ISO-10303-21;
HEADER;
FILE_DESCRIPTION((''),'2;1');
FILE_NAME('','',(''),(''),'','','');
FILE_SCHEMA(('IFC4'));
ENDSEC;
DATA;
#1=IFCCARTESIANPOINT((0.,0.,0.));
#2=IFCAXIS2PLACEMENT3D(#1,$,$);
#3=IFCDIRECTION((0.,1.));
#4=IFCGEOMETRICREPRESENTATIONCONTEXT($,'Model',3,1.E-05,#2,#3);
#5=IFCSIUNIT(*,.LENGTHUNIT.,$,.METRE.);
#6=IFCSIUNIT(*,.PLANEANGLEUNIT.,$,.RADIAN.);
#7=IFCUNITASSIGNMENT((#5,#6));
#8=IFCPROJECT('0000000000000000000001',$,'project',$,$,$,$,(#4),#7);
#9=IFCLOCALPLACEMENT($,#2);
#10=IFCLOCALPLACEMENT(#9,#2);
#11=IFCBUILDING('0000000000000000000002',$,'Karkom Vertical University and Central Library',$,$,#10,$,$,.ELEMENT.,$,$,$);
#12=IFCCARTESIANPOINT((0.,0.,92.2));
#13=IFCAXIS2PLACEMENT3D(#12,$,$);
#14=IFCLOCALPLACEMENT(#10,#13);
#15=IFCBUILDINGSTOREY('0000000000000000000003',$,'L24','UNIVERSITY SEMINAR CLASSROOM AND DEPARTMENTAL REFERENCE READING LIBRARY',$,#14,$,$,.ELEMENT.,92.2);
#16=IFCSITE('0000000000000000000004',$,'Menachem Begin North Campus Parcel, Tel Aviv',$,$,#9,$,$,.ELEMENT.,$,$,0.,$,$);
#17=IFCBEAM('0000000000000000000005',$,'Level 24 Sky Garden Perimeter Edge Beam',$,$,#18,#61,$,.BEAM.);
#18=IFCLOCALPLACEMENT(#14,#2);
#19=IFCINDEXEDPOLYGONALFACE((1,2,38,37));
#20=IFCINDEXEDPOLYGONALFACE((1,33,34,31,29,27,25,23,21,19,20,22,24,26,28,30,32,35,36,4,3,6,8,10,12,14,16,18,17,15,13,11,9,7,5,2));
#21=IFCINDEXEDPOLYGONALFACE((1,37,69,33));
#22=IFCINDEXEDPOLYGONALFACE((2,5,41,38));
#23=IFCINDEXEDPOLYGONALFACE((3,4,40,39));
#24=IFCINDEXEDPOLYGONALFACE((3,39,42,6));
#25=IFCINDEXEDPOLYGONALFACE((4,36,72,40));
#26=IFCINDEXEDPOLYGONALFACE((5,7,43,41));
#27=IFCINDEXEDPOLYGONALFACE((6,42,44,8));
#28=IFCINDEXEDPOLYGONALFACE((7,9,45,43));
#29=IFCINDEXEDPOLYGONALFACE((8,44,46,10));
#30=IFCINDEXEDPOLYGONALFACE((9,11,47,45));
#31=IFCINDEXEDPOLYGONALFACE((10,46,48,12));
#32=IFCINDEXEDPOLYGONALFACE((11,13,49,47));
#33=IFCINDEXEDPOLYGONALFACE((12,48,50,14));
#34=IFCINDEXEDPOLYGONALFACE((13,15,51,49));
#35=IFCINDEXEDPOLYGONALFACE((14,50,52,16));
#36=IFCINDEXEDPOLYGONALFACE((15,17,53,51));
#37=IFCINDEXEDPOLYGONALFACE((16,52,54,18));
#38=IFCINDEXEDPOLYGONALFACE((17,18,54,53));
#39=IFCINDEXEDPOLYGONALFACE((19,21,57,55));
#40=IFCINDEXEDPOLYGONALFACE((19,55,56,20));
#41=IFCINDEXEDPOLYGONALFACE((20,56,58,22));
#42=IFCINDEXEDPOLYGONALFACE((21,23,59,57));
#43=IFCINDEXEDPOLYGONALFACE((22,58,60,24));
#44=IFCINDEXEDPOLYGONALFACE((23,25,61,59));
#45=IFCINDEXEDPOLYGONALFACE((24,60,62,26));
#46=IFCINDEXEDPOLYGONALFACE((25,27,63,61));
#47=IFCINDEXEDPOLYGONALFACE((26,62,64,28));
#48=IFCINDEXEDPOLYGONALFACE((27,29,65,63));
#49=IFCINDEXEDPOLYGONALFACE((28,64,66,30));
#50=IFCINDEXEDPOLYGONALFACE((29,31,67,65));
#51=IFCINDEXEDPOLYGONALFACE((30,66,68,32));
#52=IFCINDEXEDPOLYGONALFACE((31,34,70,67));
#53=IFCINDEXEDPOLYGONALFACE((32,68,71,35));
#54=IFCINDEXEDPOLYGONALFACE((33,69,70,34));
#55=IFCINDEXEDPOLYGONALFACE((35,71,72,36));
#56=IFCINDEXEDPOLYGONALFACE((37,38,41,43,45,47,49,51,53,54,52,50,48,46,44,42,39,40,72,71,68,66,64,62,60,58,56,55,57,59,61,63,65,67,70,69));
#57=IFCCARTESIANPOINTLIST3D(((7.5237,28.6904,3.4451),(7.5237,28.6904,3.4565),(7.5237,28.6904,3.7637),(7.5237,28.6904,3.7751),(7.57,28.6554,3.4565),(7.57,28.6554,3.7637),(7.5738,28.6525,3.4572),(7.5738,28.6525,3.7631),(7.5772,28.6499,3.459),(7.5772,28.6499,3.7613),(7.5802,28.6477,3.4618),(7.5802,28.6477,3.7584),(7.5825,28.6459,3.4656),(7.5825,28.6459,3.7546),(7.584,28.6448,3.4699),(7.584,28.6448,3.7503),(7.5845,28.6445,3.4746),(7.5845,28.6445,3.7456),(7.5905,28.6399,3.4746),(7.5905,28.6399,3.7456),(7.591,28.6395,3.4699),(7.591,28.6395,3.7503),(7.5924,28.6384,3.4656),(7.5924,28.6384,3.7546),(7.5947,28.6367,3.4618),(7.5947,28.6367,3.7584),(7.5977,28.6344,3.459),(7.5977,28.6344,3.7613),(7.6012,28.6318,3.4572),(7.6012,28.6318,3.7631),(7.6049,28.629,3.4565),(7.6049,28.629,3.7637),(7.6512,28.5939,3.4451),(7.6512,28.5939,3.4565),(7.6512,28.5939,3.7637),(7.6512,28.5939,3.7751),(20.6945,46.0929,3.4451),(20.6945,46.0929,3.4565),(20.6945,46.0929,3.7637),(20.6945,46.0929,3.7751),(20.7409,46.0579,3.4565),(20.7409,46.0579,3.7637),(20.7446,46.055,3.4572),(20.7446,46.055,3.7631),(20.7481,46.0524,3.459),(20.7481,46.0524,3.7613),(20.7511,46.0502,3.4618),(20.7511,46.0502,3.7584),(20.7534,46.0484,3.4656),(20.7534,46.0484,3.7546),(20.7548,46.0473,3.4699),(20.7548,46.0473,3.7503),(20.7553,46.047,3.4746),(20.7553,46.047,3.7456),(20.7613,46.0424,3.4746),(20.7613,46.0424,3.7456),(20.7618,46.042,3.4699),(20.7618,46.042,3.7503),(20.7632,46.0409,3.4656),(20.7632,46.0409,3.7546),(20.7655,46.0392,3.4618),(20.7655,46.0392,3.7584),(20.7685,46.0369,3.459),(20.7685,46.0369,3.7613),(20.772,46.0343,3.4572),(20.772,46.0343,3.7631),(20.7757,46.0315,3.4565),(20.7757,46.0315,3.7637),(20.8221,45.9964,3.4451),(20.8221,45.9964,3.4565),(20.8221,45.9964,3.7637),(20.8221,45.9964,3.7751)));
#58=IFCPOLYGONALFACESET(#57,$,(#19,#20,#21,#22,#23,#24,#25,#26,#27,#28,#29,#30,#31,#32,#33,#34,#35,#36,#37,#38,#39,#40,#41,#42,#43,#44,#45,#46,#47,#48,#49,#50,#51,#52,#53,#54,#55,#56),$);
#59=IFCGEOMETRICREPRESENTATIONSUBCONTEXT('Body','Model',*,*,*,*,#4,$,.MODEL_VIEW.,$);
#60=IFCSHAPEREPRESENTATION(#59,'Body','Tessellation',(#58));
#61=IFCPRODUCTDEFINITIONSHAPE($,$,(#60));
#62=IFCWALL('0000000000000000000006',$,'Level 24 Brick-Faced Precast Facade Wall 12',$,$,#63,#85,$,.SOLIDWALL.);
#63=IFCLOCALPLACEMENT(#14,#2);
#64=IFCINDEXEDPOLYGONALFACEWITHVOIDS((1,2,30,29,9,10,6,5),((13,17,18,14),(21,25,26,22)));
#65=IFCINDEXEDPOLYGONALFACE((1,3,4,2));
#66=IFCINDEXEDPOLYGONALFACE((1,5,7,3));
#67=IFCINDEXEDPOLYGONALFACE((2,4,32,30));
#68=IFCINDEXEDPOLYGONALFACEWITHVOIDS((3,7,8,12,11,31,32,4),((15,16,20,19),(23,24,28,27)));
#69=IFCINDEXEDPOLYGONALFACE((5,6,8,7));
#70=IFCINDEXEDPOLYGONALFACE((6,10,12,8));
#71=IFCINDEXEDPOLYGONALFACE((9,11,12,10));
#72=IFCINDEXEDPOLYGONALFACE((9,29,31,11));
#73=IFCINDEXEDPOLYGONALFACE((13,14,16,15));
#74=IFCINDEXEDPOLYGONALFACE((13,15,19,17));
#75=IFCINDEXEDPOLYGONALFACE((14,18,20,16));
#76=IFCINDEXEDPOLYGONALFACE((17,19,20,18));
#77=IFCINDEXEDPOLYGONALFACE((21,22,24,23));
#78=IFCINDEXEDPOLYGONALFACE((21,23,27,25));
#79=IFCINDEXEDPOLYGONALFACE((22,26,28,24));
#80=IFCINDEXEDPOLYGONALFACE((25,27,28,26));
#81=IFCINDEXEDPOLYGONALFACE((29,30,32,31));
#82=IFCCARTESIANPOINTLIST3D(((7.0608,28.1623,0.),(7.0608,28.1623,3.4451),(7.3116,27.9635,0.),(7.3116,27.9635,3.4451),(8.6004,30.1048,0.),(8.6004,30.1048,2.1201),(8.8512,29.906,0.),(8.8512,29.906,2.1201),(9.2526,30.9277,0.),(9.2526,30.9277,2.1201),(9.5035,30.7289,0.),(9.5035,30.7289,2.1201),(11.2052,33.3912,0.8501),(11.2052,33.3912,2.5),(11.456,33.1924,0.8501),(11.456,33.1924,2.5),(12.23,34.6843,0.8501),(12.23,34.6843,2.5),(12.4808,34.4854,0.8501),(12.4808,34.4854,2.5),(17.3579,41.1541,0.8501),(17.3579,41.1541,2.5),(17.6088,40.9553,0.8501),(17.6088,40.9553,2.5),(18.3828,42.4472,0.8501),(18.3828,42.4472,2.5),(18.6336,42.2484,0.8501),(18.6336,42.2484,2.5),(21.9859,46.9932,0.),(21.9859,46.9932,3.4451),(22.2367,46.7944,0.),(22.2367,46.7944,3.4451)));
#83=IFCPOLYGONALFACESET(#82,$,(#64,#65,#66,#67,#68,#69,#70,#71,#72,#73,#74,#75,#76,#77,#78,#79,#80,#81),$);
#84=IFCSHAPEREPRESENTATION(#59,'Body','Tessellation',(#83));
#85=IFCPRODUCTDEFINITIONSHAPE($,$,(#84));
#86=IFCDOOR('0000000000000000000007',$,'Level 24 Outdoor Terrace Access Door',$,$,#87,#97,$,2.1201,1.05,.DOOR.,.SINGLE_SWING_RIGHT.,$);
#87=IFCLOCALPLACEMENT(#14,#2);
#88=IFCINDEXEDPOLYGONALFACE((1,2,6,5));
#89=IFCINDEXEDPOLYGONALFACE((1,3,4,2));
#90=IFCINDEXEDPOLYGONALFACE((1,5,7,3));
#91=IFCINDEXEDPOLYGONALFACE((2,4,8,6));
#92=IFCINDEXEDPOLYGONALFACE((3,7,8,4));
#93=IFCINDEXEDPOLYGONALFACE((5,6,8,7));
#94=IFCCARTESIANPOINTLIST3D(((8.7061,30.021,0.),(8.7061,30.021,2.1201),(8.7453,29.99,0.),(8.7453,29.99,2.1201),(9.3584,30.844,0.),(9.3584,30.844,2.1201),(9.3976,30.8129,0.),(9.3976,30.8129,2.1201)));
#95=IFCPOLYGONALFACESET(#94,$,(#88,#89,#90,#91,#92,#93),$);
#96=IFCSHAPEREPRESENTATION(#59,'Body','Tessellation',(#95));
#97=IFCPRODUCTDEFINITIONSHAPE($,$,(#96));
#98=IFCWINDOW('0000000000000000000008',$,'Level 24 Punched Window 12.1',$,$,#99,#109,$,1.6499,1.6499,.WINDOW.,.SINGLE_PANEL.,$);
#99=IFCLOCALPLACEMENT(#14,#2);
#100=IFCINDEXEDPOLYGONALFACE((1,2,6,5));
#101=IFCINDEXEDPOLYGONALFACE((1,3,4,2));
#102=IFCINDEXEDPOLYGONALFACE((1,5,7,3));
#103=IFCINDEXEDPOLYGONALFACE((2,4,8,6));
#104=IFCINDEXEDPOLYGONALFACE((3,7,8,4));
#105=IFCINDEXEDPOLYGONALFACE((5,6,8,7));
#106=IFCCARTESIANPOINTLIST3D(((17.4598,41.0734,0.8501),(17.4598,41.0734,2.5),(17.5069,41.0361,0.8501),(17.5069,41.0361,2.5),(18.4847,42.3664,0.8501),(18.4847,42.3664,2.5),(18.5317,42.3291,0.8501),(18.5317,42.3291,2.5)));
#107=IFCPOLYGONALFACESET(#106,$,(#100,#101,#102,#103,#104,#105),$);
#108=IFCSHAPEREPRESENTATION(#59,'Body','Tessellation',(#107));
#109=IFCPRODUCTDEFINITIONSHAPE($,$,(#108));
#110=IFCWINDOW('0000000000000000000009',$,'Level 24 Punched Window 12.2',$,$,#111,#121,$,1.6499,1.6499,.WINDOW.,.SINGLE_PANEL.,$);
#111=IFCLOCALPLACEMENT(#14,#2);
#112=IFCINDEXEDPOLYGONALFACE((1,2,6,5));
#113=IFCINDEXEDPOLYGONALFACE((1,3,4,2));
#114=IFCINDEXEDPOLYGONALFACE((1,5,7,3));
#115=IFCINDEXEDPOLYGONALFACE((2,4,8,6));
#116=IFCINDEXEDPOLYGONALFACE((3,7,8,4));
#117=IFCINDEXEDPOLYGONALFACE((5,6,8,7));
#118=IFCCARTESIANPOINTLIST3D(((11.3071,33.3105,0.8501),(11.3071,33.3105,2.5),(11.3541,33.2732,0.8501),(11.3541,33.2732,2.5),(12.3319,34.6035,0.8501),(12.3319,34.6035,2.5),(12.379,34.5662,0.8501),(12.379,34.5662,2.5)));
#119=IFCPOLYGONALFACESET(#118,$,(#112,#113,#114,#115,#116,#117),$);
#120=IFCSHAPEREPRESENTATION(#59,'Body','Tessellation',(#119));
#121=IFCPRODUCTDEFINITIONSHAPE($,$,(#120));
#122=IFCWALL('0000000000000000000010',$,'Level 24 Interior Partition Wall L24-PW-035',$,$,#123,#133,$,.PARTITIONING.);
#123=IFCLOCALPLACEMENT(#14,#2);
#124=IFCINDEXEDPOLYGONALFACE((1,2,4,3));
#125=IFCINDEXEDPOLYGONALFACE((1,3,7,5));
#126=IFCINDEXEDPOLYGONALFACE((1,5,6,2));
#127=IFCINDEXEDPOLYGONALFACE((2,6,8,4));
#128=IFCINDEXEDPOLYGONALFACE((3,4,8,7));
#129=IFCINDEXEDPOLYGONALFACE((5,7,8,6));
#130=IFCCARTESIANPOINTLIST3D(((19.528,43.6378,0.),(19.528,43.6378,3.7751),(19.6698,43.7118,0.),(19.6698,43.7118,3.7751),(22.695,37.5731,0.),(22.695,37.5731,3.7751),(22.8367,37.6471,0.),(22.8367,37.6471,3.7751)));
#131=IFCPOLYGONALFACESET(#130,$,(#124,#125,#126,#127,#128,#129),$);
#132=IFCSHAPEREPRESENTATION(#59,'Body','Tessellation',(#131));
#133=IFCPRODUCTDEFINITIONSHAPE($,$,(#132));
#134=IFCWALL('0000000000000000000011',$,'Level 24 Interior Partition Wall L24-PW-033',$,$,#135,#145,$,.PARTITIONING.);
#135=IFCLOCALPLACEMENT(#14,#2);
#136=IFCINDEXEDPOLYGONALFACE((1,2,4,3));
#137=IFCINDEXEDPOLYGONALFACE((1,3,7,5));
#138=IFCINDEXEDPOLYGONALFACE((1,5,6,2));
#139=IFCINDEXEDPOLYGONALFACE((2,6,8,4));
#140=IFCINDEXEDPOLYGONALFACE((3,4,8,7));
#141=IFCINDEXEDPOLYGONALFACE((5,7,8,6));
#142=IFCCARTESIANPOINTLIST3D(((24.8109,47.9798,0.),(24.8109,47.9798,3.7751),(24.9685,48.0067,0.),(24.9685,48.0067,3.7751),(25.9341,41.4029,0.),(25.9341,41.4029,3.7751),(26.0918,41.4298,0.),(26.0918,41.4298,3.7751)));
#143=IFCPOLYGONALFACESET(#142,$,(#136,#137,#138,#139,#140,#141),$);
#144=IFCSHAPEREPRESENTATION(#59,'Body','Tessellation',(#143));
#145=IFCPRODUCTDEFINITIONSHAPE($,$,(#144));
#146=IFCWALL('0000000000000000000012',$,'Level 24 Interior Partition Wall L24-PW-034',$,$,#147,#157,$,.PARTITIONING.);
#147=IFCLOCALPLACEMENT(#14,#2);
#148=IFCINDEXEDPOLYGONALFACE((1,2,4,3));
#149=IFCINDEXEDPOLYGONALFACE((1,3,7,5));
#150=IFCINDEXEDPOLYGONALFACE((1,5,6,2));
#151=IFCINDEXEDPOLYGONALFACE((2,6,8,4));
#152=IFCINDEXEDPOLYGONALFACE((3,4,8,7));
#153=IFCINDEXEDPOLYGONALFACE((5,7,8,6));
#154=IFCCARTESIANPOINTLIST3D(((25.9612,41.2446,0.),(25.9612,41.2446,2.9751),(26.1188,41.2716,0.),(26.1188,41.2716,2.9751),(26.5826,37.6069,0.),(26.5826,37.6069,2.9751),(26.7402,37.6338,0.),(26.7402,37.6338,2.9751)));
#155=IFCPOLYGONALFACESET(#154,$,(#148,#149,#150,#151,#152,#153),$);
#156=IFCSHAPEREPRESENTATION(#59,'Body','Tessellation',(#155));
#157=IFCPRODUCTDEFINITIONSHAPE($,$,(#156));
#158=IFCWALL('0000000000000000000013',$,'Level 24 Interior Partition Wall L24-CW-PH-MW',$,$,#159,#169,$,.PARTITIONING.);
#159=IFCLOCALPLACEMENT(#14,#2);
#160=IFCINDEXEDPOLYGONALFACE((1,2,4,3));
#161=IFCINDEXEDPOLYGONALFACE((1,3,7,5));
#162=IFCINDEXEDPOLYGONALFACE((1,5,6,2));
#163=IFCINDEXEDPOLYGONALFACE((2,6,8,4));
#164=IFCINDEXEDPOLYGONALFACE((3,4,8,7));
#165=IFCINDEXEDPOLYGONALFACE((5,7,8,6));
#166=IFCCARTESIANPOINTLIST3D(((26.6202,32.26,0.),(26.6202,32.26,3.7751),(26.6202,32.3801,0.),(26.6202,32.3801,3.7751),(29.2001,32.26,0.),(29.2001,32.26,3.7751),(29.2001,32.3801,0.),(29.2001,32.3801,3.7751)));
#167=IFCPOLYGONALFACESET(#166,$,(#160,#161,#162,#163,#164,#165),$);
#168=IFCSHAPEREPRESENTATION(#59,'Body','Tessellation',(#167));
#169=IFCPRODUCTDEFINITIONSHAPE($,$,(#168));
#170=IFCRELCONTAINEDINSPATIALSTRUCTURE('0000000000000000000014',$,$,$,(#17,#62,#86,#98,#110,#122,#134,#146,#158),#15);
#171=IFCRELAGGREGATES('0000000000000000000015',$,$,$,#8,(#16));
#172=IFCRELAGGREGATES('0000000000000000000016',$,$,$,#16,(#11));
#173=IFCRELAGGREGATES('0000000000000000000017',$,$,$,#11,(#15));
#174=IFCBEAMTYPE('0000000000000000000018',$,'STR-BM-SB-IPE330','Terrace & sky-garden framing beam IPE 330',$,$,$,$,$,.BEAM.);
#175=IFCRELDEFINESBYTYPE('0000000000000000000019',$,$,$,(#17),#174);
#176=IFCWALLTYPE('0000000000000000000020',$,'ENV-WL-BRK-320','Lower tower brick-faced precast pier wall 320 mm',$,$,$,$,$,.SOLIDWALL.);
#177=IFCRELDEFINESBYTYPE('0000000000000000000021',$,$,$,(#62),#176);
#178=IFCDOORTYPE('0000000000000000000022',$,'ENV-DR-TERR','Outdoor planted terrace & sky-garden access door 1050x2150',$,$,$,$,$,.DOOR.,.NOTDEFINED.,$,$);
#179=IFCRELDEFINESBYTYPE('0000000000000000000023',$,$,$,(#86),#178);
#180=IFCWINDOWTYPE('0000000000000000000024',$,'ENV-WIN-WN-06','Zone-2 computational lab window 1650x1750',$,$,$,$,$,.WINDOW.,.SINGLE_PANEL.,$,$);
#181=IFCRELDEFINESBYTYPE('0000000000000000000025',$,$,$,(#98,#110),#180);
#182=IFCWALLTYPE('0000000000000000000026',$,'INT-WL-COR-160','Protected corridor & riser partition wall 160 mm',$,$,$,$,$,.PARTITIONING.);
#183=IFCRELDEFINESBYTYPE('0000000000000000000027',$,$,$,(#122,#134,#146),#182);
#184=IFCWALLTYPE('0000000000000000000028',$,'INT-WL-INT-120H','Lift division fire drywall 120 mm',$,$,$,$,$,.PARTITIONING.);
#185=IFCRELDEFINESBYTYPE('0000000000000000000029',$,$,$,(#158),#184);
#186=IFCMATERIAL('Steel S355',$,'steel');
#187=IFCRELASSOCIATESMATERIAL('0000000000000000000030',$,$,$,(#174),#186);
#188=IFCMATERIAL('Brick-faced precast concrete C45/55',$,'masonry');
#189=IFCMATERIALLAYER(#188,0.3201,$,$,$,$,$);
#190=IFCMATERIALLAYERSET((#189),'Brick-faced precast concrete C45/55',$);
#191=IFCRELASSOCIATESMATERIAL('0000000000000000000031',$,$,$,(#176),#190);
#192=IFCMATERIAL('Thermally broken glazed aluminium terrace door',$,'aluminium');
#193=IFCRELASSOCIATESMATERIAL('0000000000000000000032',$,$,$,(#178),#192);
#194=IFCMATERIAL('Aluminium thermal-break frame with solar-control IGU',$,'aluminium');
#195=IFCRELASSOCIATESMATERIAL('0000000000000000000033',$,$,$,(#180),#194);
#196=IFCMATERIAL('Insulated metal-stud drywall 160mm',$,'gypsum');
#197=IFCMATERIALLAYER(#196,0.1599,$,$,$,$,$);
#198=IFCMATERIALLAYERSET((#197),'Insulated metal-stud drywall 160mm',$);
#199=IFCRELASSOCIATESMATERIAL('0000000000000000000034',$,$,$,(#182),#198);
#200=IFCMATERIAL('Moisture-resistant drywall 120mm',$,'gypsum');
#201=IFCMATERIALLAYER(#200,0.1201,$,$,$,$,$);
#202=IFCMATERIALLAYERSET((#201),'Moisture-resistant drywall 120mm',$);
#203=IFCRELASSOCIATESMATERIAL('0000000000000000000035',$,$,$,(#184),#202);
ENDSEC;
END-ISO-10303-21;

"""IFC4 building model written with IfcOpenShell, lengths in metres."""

from ifc_helpers import new_model, si_unit, direction, frame, frame_2d, origin, origin_with_axes, origin_2d, place, context, subcontext, project, spatial, rectangle, i_section, extrude, source, transform, mapped, material, layer, layer_set, material_profile, profile_set, type_object, element, fill, save


model = new_model("IFC4")

# Units and contexts
model_context = context("Model", 3, precision=1e-05, world=origin(), true_north=direction((0.0, 1.0)))
body_context = subcontext(model_context, "Body", "Model", "MODEL_VIEW")
ifc_project = project(units=[si_unit("LENGTHUNIT", "METRE"), si_unit("PLANEANGLEUNIT", "RADIAN")], contexts=[model_context])

# Site, building, storey
site_placement = place(None, origin())
site = spatial("IfcSite", under=ifc_project, at=site_placement, Name="Menachem Begin North Campus Parcel, Tel Aviv", CompositionType="ELEMENT", RefElevation=0.0)
building_placement = place(site_placement, origin())
building = spatial("IfcBuilding", under=site, at=building_placement, Name="Karkom Vertical University and Central Library", CompositionType="ELEMENT")
storey_placement = place(building_placement, frame((0.0, 0.0, 92.2)))
storey = spatial("IfcBuildingStorey", under=building, at=storey_placement, Name="L24", Description="UNIVERSITY SEMINAR CLASSROOM AND DEPARTMENTAL REFERENCE READING LIBRARY", CompositionType="ELEMENT", Elevation=92.2)

# Beam
ifc_material_1 = material(Name="Steel S355", Category="steel")
ifc_material_profile_1 = material_profile(ifc_material_1, i_section(OverallWidth=0.1599, OverallDepth=0.3301, WebThickness=0.0076, FlangeThickness=0.0115, FilletRadius=0.0181, at=origin_2d()), Name="IPE 330")
ifc_profile_set_1 = profile_set([ifc_material_profile_1], Name="Steel S355")
beam_type_1 = type_object("IfcBeamType", Name="STR-BM-SB-IPE330", Description="Terrace & sky-garden framing beam IPE 330", PredefinedType="BEAM", material=ifc_profile_set_1)
shared_shape_1 = source(origin_with_axes(), body_context, "Body", "SweptSolid", [
    extrude(i_section(OverallWidth=0.1599, OverallDepth=0.3301, WebThickness=0.0076, FlangeThickness=0.0115, FilletRadius=0.0181, at=origin_2d()), origin(), (0.0, 0.0, 1.0), 21.8247),
])
beam_1_placement = place(storey_placement, frame((20.7583, 46.0447, 3.6101), z_axis=(-0.603483, -0.797376, 0.0), x_axis=(0.797376, -0.603483, 0.0)))
element("IfcBeam", 1, at=beam_1_placement, inside=storey, type_object=beam_type_1, Name="Level 24 Sky Garden Perimeter Edge Beam", PredefinedType="BEAM", context=body_context, shape_type="MappedRepresentation", body=[
    mapped(shared_shape_1, transform((0.0, 0.0, 0.0), scale=1.0)),
])

# Wall, openings, door, windows
ifc_material_2 = material(Name="Brick-faced precast concrete C45/55", Category="masonry")
ifc_layer_1 = layer(ifc_material_2, 0.3201)
ifc_layer_set_1 = layer_set([ifc_layer_1], Name="Brick-faced precast concrete C45/55")
wall_type_1 = type_object("IfcWallType", Name="ENV-WL-BRK-320", Description="Lower tower brick-faced precast pier wall 320 mm", PredefinedType="SOLIDWALL", material=ifc_layer_set_1)
wall_1_placement = place(storey_placement, frame((22.1113, 46.8938, 0.0), z_axis=(0.0, 0.0, 1.0), x_axis=(-0.621146, -0.783695, 0.0)))
wall_1 = element("IfcWall", 2, at=wall_1_placement, inside=storey, type_object=wall_type_1, Name="Level 24 Brick-Faced Precast Facade Wall 12", PredefinedType="SOLIDWALL", context=body_context, shape_type="SweptSolid", body=[
    extrude(rectangle(XDim=24.0283, YDim=0.3201, at=frame_2d((12.0142, 0.0))), origin(), (0.0, 0.0, 1.0), 3.4451),
])
opening_1_placement = place(wall_1_placement, frame((5.8008, 0.0, 0.8501)))
opening_1 = element("IfcOpeningElement", 3, at=opening_1_placement, cuts=wall_1, PredefinedType="OPENING", context=body_context, shape_type="SweptSolid", body=[
    extrude(rectangle(XDim=1.6499, YDim=1.6499, at=frame_2d((0.825, 0.825))), frame((0.0, 0.1699, 0.0), z_axis=(0.0, -1.0, 0.0), x_axis=(1.0, 0.0, 0.0)), (0.0, 0.0, 1.0), 0.3401),
])
opening_2_placement = place(wall_1_placement, frame((15.7063, 0.0, 0.8501)))
opening_2 = element("IfcOpeningElement", 4, at=opening_2_placement, cuts=wall_1, PredefinedType="OPENING", context=body_context, shape_type="SweptSolid", body=[
    extrude(rectangle(XDim=1.6499, YDim=1.6499, at=frame_2d((0.825, 0.825))), frame((0.0, 0.1699, 0.0), z_axis=(0.0, -1.0, 0.0), x_axis=(1.0, 0.0, 0.0)), (0.0, 0.0, 1.0), 0.3401),
])
opening_3_placement = place(wall_1_placement, frame((20.4998, 0.0, 0.0)))
opening_3 = element("IfcOpeningElement", 5, at=opening_3_placement, cuts=wall_1, PredefinedType="OPENING", context=body_context, shape_type="SweptSolid", body=[
    extrude(rectangle(XDim=1.05, YDim=2.1201, at=frame_2d((0.5249, 1.0601))), frame((0.0, 0.1699, 0.0), z_axis=(0.0, -1.0, 0.0), x_axis=(1.0, 0.0, 0.0)), (0.0, 0.0, 1.0), 0.3401),
])
ifc_material_3 = material(Name="Thermally broken glazed aluminium terrace door", Category="aluminium")
door_type_1 = type_object("IfcDoorType", Name="ENV-DR-TERR", Description="Outdoor planted terrace & sky-garden access door 1050x2150", OperationType="NOTDEFINED", PredefinedType="DOOR", material=ifc_material_3)
shared_shape_2 = source(origin_with_axes(), body_context, "Body", "SweptSolid", [
    extrude(rectangle(XDim=1.05, YDim=2.1201, at=frame_2d((0.5249, 1.0601))), frame((0.0, 0.0249, 0.0), z_axis=(0.0, -1.0, 0.0), x_axis=(1.0, 0.0, 0.0)), (0.0, 0.0, 1.0), 0.05),
])
door_1_placement = place(opening_3_placement, origin())
door_1 = element("IfcDoor", 6, at=door_1_placement, inside=storey, type_object=door_type_1, Name="Level 24 Outdoor Terrace Access Door", OperationType="SINGLE_SWING_RIGHT", OverallHeight=2.1201, OverallWidth=1.05, PredefinedType="DOOR", context=body_context, shape_type="MappedRepresentation", body=[
    mapped(shared_shape_2, transform((0.0, 0.0, 0.0), scale=1.0)),
])
fill(opening_3, door_1)
ifc_material_4 = material(Name="Aluminium thermal-break frame with solar-control IGU", Category="aluminium")
window_type = type_object("IfcWindowType", Name="ENV-WIN-WN-06", Description="Zone-2 computational lab window 1650x1750", PartitioningType="SINGLE_PANEL", PredefinedType="WINDOW", material=ifc_material_4)
shared_shape_3 = source(origin_with_axes(), body_context, "Body", "SweptSolid", [
    extrude(rectangle(XDim=1.6499, YDim=1.6499, at=frame_2d((0.825, 0.825))), frame((0.0, 0.03, 0.0), z_axis=(0.0, -1.0, 0.0), x_axis=(1.0, 0.0, 0.0)), (0.0, 0.0, 1.0), 0.0601),
])
window_1_placement = place(opening_1_placement, origin())
window_1 = element("IfcWindow", 7, at=window_1_placement, inside=storey, type_object=window_type, Name="Level 24 Punched Window 12.1", OverallHeight=1.6499, OverallWidth=1.6499, PartitioningType="SINGLE_PANEL", PredefinedType="WINDOW", context=body_context, shape_type="MappedRepresentation", body=[
    mapped(shared_shape_3, transform((0.0, 0.0, 0.0), scale=1.0)),
])
fill(opening_1, window_1)
window_2_placement = place(opening_2_placement, origin())
window_2 = element("IfcWindow", 8, at=window_2_placement, inside=storey, type_object=window_type, Name="Level 24 Punched Window 12.2", OverallHeight=1.6499, OverallWidth=1.6499, PartitioningType="SINGLE_PANEL", PredefinedType="WINDOW", context=body_context, shape_type="MappedRepresentation", body=[
    mapped(shared_shape_3, transform((0.0, 0.0, 0.0), scale=1.0)),
])
fill(opening_2, window_2)

# Walls
ifc_material_5 = material(Name="Insulated metal-stud drywall 160mm", Category="gypsum")
ifc_layer_2 = layer(ifc_material_5, 0.1599)
ifc_layer_set_2 = layer_set([ifc_layer_2], Name="Insulated metal-stud drywall 160mm")
wall_type_2 = type_object("IfcWallType", Name="INT-WL-COR-160", Description="Protected corridor & riser partition wall 160 mm", PredefinedType="PARTITIONING", material=ifc_layer_set_2)
wall_2_placement = place(storey_placement, frame((22.7659, 37.6101, 0.0), z_axis=(0.0, 0.0, 1.0), x_axis=(-0.462888, 0.886417, 0.0)))
element("IfcWall", 9, at=wall_2_placement, inside=storey, type_object=wall_type_2, Name="Level 24 Interior Partition Wall L24-PW-035", PredefinedType="PARTITIONING", context=body_context, shape_type="SweptSolid", body=[
    extrude(rectangle(XDim=6.8418, YDim=0.1599, at=frame_2d((3.4209, 0.0))), origin(), (0.0, 0.0, 1.0), 3.7751),
])
wall_3_placement = place(storey_placement, frame((26.0129, 41.4165, 0.0), z_axis=(0.0, 0.0, 1.0), x_axis=(-0.168355, 0.985726, 0.0)))
element("IfcWall", 10, at=wall_3_placement, inside=storey, type_object=wall_type_2, Name="Level 24 Interior Partition Wall L24-PW-033", PredefinedType="PARTITIONING", context=body_context, shape_type="SweptSolid", body=[
    extrude(rectangle(XDim=6.6721, YDim=0.1599, at=frame_2d((3.3359, 0.0))), origin(), (0.0, 0.0, 1.0), 3.7751),
])
wall_4_placement = place(storey_placement, frame((26.6614, 37.6204, 0.0), z_axis=(0.0, 0.0, 1.0), x_axis=(-0.168367, 0.985724, 0.0)))
element("IfcWall", 11, at=wall_4_placement, inside=storey, type_object=wall_type_2, Name="Level 24 Interior Partition Wall L24-PW-034", PredefinedType="PARTITIONING", context=body_context, shape_type="SweptSolid", body=[
    extrude(rectangle(XDim=3.6904, YDim=0.1599, at=frame_2d((1.8452, 0.0))), origin(), (0.0, 0.0, 1.0), 2.9751),
])
ifc_material_6 = material(Name="Moisture-resistant drywall 120mm", Category="gypsum")
ifc_layer_3 = layer(ifc_material_6, 0.1201)
ifc_layer_set_3 = layer_set([ifc_layer_3], Name="Moisture-resistant drywall 120mm")
wall_type_3 = type_object("IfcWallType", Name="INT-WL-INT-120H", Description="Lift division fire drywall 120 mm", PredefinedType="PARTITIONING", material=ifc_layer_set_3)
wall_5_placement = place(storey_placement, frame((26.6201, 32.3201, 0.0), z_axis=(0.0, 0.0, 1.0), x_axis=(1.0, 0.0, 0.0)))
element("IfcWall", 12, at=wall_5_placement, inside=storey, type_object=wall_type_3, Name="Level 24 Interior Partition Wall L24-CW-PH-MW", PredefinedType="PARTITIONING", context=body_context, shape_type="SweptSolid", body=[
    extrude(rectangle(XDim=2.5798, YDim=0.1201, at=frame_2d((1.29, 0.0))), origin(), (0.0, 0.0, 1.0), 3.7751),
])

save(model, "model.ifc")
